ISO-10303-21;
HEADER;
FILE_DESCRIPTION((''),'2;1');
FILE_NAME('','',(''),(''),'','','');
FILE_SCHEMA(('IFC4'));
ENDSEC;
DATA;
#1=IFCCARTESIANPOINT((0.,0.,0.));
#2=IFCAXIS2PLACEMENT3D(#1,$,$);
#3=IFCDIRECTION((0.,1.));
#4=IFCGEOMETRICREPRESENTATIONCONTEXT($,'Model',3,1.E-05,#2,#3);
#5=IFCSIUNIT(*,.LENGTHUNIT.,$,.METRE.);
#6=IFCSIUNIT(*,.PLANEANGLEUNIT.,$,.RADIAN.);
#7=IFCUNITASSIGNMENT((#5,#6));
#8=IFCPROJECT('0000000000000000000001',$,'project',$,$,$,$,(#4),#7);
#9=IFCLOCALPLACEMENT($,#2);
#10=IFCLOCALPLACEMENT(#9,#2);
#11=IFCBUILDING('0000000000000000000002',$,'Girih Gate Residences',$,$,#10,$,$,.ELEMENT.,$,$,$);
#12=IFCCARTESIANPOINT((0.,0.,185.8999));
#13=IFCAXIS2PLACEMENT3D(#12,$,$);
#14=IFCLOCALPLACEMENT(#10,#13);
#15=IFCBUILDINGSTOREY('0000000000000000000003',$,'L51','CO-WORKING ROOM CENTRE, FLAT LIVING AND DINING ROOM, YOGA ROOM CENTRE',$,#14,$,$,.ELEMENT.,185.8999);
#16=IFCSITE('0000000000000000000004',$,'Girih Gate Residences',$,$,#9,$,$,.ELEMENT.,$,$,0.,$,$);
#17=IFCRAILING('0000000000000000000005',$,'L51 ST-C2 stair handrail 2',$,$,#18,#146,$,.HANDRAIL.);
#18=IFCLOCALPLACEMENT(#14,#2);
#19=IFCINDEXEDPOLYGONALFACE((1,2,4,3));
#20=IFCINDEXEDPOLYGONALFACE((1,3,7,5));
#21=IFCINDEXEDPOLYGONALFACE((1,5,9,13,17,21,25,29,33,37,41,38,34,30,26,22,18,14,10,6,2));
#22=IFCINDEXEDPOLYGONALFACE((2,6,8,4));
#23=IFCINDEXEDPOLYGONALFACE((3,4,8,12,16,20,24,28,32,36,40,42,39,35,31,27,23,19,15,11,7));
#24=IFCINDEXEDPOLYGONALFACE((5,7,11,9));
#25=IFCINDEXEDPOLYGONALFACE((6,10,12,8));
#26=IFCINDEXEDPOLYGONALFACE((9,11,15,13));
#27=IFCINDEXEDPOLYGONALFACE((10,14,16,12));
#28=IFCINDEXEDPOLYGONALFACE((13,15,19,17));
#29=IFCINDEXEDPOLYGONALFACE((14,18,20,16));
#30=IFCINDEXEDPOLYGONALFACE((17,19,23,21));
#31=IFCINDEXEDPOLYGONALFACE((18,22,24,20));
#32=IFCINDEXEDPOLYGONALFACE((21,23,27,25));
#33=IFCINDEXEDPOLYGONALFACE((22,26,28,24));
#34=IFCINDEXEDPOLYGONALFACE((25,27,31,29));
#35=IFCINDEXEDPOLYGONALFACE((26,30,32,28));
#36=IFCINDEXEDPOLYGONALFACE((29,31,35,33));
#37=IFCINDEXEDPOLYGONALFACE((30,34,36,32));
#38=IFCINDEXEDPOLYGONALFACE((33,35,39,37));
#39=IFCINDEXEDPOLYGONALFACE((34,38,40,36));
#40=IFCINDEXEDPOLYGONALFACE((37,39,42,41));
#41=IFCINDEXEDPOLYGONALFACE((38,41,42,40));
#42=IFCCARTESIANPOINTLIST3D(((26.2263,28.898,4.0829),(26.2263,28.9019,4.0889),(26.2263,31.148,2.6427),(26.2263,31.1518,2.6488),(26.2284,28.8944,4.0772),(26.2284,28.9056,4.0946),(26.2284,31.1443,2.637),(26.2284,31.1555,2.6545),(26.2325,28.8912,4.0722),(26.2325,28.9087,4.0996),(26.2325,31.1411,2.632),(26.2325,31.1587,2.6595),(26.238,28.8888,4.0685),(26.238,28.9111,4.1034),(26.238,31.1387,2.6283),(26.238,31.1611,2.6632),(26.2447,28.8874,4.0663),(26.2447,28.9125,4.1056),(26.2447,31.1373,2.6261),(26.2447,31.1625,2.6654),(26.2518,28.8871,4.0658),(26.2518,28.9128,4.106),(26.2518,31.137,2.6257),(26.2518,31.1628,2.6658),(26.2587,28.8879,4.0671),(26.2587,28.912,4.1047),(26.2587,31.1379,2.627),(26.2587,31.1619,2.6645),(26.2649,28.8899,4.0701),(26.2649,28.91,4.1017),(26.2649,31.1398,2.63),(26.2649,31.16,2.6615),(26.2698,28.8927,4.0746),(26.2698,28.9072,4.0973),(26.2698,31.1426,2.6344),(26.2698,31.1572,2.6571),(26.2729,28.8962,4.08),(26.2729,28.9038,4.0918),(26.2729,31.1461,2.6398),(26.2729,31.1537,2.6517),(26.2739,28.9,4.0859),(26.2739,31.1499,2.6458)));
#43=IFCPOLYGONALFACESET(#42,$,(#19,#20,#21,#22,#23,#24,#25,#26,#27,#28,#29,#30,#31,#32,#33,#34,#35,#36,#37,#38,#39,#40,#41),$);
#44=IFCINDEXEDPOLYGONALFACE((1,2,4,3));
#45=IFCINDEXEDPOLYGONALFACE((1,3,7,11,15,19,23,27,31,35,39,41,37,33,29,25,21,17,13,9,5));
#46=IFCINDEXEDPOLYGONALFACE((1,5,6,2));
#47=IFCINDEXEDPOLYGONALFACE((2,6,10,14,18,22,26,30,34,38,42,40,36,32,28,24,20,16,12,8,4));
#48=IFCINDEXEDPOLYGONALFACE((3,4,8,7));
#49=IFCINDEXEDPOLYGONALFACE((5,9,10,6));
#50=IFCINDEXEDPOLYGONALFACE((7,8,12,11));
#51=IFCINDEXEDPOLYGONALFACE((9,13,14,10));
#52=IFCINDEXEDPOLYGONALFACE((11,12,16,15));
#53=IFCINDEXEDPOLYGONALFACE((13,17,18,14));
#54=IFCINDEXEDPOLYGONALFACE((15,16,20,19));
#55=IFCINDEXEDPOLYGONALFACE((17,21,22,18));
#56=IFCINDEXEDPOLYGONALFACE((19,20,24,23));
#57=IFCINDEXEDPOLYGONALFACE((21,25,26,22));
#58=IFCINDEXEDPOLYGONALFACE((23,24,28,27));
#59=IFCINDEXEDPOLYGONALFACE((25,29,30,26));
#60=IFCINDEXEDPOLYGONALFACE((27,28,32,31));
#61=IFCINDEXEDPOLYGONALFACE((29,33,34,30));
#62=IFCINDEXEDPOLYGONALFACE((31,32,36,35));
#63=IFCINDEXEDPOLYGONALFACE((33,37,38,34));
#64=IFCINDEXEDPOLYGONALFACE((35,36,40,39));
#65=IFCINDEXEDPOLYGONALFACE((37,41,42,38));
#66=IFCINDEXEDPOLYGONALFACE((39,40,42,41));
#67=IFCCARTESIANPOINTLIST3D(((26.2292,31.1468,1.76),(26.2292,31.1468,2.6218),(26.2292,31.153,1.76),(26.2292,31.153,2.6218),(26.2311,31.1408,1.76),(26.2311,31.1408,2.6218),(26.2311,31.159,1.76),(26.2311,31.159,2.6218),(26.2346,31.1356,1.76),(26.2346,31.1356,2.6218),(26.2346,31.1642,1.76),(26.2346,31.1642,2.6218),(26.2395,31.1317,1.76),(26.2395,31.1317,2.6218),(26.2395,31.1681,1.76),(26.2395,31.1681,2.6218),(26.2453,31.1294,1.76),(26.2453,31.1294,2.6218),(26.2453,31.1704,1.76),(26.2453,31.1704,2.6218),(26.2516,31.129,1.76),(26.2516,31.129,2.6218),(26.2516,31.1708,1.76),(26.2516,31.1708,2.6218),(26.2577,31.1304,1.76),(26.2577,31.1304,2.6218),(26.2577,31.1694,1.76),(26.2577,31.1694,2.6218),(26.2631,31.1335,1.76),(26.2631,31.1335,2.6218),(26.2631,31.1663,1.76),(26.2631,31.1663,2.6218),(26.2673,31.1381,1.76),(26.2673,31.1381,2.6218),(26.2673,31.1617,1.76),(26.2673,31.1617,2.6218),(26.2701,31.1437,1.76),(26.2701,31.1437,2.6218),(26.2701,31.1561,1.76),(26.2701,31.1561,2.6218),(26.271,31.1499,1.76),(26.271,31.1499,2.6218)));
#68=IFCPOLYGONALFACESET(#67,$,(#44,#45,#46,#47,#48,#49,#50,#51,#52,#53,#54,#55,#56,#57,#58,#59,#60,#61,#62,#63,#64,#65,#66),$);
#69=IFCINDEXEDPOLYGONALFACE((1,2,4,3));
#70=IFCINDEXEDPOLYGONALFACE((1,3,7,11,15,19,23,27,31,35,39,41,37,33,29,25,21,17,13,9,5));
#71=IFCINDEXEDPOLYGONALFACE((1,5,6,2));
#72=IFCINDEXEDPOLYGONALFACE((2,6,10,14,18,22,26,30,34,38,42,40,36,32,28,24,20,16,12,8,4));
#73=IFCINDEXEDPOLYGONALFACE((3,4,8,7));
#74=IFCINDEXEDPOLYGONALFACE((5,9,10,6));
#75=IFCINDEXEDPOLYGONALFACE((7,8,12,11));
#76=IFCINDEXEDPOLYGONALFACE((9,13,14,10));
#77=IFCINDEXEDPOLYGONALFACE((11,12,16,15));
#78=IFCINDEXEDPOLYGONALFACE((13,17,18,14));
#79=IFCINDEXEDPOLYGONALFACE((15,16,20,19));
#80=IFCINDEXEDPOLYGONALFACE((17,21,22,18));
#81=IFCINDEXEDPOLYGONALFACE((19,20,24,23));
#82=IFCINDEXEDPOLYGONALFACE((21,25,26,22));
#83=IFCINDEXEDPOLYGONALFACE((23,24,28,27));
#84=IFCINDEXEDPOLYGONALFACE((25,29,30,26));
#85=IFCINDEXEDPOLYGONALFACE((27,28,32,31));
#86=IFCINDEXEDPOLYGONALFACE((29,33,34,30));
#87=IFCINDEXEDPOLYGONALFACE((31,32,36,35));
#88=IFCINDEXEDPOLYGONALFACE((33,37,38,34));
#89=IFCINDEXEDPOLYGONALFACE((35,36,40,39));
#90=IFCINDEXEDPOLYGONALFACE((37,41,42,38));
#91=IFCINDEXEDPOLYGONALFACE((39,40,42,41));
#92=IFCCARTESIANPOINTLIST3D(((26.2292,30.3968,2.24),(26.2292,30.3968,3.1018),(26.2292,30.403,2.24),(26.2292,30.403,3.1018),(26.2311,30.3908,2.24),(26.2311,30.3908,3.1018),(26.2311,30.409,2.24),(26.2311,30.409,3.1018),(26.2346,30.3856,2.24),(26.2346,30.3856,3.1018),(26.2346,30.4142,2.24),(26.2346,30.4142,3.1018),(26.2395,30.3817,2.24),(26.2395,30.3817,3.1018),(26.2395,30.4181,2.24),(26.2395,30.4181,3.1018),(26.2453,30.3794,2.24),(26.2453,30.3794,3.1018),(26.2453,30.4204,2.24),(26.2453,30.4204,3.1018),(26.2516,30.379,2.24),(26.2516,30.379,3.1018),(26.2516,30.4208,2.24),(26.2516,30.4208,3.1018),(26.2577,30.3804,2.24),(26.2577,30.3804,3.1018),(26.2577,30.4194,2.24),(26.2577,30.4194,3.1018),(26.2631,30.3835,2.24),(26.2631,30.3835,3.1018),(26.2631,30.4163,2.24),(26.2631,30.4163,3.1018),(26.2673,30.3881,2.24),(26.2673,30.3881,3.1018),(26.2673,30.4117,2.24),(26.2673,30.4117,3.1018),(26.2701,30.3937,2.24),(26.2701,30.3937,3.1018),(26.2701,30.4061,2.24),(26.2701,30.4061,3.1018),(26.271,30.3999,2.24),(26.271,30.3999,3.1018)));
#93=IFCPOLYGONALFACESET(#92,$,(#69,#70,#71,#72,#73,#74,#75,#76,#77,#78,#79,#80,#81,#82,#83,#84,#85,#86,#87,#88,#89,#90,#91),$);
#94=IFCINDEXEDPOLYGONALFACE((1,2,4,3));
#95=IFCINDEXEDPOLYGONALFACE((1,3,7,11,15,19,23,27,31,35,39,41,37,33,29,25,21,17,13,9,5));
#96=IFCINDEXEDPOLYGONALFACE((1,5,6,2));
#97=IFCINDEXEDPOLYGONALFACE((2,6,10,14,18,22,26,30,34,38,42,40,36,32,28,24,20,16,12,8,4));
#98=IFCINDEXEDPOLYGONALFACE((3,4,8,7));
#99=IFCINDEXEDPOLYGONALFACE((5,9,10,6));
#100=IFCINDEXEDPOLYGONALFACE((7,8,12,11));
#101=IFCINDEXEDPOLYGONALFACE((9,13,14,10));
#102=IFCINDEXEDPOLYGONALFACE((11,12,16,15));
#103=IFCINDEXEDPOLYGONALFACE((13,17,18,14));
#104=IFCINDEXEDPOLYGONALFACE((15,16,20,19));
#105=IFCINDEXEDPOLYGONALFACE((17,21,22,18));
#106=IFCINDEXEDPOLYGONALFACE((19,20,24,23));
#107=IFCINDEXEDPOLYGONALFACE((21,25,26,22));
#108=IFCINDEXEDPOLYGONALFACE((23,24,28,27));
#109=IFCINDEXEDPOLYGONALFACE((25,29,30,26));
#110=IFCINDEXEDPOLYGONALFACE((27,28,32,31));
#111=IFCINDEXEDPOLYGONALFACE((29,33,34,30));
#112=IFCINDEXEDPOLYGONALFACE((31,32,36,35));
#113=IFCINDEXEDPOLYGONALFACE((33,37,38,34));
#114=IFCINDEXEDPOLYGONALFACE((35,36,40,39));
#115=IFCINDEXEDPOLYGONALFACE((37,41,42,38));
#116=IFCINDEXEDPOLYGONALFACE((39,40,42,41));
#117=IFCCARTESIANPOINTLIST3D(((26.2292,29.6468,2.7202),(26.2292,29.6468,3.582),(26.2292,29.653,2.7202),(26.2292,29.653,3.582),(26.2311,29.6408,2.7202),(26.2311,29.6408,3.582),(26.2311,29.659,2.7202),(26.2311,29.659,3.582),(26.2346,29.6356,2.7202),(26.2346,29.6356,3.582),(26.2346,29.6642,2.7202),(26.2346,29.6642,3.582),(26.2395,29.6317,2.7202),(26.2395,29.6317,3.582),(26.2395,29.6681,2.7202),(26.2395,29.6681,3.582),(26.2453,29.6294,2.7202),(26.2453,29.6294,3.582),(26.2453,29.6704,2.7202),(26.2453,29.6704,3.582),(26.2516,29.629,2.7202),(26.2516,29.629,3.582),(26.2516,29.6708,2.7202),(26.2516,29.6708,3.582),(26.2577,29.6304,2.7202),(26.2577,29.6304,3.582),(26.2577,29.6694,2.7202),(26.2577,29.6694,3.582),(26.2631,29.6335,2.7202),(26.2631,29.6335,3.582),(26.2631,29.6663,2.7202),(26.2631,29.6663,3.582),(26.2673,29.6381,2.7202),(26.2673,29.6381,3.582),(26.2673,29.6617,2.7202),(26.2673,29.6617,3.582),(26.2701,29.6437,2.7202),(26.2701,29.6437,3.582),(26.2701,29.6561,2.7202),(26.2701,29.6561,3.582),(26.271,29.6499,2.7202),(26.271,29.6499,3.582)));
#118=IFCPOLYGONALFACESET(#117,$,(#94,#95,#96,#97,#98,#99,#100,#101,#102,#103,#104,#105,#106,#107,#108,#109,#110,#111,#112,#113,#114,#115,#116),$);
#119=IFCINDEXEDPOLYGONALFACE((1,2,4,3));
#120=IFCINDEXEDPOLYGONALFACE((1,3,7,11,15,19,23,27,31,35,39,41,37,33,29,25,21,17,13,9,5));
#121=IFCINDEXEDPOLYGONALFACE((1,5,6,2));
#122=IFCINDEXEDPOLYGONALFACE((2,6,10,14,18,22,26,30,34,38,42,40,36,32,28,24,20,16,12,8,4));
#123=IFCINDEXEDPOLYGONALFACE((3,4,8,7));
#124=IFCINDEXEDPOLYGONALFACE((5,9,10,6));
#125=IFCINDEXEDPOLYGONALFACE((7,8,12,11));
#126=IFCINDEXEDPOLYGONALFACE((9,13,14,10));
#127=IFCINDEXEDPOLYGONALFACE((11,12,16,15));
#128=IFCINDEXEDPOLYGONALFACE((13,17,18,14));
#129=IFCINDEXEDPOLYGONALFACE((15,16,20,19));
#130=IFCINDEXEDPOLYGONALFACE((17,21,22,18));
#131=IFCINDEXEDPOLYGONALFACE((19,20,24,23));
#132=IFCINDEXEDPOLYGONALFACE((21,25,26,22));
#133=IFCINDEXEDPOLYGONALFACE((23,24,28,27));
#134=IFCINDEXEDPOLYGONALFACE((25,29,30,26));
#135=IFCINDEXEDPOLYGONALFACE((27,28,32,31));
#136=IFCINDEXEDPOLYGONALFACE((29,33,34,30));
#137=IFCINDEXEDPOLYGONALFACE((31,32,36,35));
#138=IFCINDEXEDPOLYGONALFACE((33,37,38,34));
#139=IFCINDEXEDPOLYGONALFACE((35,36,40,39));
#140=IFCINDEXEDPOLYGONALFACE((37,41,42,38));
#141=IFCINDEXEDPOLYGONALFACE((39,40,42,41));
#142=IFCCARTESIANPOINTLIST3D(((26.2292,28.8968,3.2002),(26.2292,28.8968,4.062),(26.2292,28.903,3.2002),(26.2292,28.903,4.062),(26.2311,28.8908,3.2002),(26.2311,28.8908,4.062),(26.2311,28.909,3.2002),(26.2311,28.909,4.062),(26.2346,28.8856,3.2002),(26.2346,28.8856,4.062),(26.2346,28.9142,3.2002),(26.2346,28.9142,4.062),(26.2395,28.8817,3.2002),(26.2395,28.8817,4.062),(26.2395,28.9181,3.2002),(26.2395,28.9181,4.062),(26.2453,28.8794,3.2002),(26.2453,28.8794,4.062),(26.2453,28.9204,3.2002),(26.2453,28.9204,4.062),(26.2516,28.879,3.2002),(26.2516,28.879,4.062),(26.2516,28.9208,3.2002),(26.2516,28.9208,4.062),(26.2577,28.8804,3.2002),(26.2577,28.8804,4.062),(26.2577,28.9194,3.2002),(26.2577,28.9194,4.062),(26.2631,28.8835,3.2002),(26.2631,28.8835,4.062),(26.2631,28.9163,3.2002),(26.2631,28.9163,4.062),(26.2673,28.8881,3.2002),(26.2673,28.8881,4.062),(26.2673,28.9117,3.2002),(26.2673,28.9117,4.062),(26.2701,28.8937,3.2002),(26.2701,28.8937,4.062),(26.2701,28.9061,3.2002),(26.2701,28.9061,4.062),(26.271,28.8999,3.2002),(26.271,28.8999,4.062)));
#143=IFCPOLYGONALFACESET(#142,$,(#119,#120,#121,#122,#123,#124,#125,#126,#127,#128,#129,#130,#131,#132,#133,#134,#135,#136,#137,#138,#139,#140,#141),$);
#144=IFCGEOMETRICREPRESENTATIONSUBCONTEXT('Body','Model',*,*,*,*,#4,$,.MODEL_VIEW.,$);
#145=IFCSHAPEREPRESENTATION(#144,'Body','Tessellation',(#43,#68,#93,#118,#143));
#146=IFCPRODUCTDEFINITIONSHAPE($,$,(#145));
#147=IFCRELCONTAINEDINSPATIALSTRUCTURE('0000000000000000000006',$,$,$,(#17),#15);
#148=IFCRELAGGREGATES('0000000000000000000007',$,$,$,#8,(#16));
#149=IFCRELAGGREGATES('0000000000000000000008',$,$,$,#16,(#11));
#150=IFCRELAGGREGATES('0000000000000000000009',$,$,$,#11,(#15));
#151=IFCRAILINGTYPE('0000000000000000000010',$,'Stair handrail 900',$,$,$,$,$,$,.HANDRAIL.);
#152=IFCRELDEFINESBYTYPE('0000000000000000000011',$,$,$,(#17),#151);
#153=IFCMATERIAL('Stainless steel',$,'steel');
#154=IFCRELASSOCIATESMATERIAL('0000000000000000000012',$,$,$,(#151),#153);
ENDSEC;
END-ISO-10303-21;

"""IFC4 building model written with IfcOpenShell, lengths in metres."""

from ifc_helpers import new_model, si_unit, direction, frame, origin, origin_2d, place, context, subcontext, project, spatial, circle, extrude, material, type_object, element, save


model = new_model("IFC4")

# Units and contexts
model_context = context("Model", 3, precision=1e-05, world=origin(), true_north=direction((0.0, 1.0)))
body_context = subcontext(model_context, "Body", "Model", "MODEL_VIEW")
ifc_project = project(units=[si_unit("LENGTHUNIT", "METRE"), si_unit("PLANEANGLEUNIT", "RADIAN")], contexts=[model_context])

# Site, building, storey
site_placement = place(None, origin())
site = spatial("IfcSite", under=ifc_project, at=site_placement, Name="Girih Gate Residences", CompositionType="ELEMENT", RefElevation=0.0)
building_placement = place(site_placement, origin())
building = spatial("IfcBuilding", under=site, at=building_placement, Name="Girih Gate Residences", CompositionType="ELEMENT")
storey_placement = place(building_placement, frame((0.0, 0.0, 185.8999)))
storey = spatial("IfcBuildingStorey", under=building, at=storey_placement, Name="L51", Description="CO-WORKING ROOM CENTRE, FLAT LIVING AND DINING ROOM, YOGA ROOM CENTRE", CompositionType="ELEMENT", Elevation=185.8999)

# Railing
ifc_material_1 = material(Name="Stainless steel", Category="steel")
railing_type_1 = type_object("IfcRailingType", Name="Stair handrail 900", PredefinedType="HANDRAIL", material=ifc_material_1)
railing_1_placement = place(storey_placement, frame((26.25, 31.1499, 1.76)))
element("IfcRailing", 1, at=railing_1_placement, inside=storey, type_object=railing_type_1, Name="L51 ST-C2 stair handrail 2", PredefinedType="HANDRAIL", context=body_context, shape_type="SweptSolid", body=[
    extrude(circle(Radius=0.0239, at=origin_2d()), frame((0.0, 0.0, 0.8857), z_axis=(0.0, -0.84224, 0.539103), x_axis=(1.0, 0.0, 0.0)), (0.0, 0.0, 1.0), 2.6714),
    extrude(circle(Radius=0.021, at=origin_2d()), origin(), (0.0, 0.0, 1.0), 0.8618),
    extrude(circle(Radius=0.021, at=origin_2d()), frame((0.0, -0.75, 0.48)), (0.0, 0.0, 1.0), 0.8618),
    extrude(circle(Radius=0.021, at=origin_2d()), frame((0.0, -1.5, 0.9602)), (0.0, 0.0, 1.0), 0.8618),
    extrude(circle(Radius=0.021, at=origin_2d()), frame((0.0, -2.25, 1.4402)), (0.0, 0.0, 1.0), 0.8618),
])

save(model, "model.ifc")
